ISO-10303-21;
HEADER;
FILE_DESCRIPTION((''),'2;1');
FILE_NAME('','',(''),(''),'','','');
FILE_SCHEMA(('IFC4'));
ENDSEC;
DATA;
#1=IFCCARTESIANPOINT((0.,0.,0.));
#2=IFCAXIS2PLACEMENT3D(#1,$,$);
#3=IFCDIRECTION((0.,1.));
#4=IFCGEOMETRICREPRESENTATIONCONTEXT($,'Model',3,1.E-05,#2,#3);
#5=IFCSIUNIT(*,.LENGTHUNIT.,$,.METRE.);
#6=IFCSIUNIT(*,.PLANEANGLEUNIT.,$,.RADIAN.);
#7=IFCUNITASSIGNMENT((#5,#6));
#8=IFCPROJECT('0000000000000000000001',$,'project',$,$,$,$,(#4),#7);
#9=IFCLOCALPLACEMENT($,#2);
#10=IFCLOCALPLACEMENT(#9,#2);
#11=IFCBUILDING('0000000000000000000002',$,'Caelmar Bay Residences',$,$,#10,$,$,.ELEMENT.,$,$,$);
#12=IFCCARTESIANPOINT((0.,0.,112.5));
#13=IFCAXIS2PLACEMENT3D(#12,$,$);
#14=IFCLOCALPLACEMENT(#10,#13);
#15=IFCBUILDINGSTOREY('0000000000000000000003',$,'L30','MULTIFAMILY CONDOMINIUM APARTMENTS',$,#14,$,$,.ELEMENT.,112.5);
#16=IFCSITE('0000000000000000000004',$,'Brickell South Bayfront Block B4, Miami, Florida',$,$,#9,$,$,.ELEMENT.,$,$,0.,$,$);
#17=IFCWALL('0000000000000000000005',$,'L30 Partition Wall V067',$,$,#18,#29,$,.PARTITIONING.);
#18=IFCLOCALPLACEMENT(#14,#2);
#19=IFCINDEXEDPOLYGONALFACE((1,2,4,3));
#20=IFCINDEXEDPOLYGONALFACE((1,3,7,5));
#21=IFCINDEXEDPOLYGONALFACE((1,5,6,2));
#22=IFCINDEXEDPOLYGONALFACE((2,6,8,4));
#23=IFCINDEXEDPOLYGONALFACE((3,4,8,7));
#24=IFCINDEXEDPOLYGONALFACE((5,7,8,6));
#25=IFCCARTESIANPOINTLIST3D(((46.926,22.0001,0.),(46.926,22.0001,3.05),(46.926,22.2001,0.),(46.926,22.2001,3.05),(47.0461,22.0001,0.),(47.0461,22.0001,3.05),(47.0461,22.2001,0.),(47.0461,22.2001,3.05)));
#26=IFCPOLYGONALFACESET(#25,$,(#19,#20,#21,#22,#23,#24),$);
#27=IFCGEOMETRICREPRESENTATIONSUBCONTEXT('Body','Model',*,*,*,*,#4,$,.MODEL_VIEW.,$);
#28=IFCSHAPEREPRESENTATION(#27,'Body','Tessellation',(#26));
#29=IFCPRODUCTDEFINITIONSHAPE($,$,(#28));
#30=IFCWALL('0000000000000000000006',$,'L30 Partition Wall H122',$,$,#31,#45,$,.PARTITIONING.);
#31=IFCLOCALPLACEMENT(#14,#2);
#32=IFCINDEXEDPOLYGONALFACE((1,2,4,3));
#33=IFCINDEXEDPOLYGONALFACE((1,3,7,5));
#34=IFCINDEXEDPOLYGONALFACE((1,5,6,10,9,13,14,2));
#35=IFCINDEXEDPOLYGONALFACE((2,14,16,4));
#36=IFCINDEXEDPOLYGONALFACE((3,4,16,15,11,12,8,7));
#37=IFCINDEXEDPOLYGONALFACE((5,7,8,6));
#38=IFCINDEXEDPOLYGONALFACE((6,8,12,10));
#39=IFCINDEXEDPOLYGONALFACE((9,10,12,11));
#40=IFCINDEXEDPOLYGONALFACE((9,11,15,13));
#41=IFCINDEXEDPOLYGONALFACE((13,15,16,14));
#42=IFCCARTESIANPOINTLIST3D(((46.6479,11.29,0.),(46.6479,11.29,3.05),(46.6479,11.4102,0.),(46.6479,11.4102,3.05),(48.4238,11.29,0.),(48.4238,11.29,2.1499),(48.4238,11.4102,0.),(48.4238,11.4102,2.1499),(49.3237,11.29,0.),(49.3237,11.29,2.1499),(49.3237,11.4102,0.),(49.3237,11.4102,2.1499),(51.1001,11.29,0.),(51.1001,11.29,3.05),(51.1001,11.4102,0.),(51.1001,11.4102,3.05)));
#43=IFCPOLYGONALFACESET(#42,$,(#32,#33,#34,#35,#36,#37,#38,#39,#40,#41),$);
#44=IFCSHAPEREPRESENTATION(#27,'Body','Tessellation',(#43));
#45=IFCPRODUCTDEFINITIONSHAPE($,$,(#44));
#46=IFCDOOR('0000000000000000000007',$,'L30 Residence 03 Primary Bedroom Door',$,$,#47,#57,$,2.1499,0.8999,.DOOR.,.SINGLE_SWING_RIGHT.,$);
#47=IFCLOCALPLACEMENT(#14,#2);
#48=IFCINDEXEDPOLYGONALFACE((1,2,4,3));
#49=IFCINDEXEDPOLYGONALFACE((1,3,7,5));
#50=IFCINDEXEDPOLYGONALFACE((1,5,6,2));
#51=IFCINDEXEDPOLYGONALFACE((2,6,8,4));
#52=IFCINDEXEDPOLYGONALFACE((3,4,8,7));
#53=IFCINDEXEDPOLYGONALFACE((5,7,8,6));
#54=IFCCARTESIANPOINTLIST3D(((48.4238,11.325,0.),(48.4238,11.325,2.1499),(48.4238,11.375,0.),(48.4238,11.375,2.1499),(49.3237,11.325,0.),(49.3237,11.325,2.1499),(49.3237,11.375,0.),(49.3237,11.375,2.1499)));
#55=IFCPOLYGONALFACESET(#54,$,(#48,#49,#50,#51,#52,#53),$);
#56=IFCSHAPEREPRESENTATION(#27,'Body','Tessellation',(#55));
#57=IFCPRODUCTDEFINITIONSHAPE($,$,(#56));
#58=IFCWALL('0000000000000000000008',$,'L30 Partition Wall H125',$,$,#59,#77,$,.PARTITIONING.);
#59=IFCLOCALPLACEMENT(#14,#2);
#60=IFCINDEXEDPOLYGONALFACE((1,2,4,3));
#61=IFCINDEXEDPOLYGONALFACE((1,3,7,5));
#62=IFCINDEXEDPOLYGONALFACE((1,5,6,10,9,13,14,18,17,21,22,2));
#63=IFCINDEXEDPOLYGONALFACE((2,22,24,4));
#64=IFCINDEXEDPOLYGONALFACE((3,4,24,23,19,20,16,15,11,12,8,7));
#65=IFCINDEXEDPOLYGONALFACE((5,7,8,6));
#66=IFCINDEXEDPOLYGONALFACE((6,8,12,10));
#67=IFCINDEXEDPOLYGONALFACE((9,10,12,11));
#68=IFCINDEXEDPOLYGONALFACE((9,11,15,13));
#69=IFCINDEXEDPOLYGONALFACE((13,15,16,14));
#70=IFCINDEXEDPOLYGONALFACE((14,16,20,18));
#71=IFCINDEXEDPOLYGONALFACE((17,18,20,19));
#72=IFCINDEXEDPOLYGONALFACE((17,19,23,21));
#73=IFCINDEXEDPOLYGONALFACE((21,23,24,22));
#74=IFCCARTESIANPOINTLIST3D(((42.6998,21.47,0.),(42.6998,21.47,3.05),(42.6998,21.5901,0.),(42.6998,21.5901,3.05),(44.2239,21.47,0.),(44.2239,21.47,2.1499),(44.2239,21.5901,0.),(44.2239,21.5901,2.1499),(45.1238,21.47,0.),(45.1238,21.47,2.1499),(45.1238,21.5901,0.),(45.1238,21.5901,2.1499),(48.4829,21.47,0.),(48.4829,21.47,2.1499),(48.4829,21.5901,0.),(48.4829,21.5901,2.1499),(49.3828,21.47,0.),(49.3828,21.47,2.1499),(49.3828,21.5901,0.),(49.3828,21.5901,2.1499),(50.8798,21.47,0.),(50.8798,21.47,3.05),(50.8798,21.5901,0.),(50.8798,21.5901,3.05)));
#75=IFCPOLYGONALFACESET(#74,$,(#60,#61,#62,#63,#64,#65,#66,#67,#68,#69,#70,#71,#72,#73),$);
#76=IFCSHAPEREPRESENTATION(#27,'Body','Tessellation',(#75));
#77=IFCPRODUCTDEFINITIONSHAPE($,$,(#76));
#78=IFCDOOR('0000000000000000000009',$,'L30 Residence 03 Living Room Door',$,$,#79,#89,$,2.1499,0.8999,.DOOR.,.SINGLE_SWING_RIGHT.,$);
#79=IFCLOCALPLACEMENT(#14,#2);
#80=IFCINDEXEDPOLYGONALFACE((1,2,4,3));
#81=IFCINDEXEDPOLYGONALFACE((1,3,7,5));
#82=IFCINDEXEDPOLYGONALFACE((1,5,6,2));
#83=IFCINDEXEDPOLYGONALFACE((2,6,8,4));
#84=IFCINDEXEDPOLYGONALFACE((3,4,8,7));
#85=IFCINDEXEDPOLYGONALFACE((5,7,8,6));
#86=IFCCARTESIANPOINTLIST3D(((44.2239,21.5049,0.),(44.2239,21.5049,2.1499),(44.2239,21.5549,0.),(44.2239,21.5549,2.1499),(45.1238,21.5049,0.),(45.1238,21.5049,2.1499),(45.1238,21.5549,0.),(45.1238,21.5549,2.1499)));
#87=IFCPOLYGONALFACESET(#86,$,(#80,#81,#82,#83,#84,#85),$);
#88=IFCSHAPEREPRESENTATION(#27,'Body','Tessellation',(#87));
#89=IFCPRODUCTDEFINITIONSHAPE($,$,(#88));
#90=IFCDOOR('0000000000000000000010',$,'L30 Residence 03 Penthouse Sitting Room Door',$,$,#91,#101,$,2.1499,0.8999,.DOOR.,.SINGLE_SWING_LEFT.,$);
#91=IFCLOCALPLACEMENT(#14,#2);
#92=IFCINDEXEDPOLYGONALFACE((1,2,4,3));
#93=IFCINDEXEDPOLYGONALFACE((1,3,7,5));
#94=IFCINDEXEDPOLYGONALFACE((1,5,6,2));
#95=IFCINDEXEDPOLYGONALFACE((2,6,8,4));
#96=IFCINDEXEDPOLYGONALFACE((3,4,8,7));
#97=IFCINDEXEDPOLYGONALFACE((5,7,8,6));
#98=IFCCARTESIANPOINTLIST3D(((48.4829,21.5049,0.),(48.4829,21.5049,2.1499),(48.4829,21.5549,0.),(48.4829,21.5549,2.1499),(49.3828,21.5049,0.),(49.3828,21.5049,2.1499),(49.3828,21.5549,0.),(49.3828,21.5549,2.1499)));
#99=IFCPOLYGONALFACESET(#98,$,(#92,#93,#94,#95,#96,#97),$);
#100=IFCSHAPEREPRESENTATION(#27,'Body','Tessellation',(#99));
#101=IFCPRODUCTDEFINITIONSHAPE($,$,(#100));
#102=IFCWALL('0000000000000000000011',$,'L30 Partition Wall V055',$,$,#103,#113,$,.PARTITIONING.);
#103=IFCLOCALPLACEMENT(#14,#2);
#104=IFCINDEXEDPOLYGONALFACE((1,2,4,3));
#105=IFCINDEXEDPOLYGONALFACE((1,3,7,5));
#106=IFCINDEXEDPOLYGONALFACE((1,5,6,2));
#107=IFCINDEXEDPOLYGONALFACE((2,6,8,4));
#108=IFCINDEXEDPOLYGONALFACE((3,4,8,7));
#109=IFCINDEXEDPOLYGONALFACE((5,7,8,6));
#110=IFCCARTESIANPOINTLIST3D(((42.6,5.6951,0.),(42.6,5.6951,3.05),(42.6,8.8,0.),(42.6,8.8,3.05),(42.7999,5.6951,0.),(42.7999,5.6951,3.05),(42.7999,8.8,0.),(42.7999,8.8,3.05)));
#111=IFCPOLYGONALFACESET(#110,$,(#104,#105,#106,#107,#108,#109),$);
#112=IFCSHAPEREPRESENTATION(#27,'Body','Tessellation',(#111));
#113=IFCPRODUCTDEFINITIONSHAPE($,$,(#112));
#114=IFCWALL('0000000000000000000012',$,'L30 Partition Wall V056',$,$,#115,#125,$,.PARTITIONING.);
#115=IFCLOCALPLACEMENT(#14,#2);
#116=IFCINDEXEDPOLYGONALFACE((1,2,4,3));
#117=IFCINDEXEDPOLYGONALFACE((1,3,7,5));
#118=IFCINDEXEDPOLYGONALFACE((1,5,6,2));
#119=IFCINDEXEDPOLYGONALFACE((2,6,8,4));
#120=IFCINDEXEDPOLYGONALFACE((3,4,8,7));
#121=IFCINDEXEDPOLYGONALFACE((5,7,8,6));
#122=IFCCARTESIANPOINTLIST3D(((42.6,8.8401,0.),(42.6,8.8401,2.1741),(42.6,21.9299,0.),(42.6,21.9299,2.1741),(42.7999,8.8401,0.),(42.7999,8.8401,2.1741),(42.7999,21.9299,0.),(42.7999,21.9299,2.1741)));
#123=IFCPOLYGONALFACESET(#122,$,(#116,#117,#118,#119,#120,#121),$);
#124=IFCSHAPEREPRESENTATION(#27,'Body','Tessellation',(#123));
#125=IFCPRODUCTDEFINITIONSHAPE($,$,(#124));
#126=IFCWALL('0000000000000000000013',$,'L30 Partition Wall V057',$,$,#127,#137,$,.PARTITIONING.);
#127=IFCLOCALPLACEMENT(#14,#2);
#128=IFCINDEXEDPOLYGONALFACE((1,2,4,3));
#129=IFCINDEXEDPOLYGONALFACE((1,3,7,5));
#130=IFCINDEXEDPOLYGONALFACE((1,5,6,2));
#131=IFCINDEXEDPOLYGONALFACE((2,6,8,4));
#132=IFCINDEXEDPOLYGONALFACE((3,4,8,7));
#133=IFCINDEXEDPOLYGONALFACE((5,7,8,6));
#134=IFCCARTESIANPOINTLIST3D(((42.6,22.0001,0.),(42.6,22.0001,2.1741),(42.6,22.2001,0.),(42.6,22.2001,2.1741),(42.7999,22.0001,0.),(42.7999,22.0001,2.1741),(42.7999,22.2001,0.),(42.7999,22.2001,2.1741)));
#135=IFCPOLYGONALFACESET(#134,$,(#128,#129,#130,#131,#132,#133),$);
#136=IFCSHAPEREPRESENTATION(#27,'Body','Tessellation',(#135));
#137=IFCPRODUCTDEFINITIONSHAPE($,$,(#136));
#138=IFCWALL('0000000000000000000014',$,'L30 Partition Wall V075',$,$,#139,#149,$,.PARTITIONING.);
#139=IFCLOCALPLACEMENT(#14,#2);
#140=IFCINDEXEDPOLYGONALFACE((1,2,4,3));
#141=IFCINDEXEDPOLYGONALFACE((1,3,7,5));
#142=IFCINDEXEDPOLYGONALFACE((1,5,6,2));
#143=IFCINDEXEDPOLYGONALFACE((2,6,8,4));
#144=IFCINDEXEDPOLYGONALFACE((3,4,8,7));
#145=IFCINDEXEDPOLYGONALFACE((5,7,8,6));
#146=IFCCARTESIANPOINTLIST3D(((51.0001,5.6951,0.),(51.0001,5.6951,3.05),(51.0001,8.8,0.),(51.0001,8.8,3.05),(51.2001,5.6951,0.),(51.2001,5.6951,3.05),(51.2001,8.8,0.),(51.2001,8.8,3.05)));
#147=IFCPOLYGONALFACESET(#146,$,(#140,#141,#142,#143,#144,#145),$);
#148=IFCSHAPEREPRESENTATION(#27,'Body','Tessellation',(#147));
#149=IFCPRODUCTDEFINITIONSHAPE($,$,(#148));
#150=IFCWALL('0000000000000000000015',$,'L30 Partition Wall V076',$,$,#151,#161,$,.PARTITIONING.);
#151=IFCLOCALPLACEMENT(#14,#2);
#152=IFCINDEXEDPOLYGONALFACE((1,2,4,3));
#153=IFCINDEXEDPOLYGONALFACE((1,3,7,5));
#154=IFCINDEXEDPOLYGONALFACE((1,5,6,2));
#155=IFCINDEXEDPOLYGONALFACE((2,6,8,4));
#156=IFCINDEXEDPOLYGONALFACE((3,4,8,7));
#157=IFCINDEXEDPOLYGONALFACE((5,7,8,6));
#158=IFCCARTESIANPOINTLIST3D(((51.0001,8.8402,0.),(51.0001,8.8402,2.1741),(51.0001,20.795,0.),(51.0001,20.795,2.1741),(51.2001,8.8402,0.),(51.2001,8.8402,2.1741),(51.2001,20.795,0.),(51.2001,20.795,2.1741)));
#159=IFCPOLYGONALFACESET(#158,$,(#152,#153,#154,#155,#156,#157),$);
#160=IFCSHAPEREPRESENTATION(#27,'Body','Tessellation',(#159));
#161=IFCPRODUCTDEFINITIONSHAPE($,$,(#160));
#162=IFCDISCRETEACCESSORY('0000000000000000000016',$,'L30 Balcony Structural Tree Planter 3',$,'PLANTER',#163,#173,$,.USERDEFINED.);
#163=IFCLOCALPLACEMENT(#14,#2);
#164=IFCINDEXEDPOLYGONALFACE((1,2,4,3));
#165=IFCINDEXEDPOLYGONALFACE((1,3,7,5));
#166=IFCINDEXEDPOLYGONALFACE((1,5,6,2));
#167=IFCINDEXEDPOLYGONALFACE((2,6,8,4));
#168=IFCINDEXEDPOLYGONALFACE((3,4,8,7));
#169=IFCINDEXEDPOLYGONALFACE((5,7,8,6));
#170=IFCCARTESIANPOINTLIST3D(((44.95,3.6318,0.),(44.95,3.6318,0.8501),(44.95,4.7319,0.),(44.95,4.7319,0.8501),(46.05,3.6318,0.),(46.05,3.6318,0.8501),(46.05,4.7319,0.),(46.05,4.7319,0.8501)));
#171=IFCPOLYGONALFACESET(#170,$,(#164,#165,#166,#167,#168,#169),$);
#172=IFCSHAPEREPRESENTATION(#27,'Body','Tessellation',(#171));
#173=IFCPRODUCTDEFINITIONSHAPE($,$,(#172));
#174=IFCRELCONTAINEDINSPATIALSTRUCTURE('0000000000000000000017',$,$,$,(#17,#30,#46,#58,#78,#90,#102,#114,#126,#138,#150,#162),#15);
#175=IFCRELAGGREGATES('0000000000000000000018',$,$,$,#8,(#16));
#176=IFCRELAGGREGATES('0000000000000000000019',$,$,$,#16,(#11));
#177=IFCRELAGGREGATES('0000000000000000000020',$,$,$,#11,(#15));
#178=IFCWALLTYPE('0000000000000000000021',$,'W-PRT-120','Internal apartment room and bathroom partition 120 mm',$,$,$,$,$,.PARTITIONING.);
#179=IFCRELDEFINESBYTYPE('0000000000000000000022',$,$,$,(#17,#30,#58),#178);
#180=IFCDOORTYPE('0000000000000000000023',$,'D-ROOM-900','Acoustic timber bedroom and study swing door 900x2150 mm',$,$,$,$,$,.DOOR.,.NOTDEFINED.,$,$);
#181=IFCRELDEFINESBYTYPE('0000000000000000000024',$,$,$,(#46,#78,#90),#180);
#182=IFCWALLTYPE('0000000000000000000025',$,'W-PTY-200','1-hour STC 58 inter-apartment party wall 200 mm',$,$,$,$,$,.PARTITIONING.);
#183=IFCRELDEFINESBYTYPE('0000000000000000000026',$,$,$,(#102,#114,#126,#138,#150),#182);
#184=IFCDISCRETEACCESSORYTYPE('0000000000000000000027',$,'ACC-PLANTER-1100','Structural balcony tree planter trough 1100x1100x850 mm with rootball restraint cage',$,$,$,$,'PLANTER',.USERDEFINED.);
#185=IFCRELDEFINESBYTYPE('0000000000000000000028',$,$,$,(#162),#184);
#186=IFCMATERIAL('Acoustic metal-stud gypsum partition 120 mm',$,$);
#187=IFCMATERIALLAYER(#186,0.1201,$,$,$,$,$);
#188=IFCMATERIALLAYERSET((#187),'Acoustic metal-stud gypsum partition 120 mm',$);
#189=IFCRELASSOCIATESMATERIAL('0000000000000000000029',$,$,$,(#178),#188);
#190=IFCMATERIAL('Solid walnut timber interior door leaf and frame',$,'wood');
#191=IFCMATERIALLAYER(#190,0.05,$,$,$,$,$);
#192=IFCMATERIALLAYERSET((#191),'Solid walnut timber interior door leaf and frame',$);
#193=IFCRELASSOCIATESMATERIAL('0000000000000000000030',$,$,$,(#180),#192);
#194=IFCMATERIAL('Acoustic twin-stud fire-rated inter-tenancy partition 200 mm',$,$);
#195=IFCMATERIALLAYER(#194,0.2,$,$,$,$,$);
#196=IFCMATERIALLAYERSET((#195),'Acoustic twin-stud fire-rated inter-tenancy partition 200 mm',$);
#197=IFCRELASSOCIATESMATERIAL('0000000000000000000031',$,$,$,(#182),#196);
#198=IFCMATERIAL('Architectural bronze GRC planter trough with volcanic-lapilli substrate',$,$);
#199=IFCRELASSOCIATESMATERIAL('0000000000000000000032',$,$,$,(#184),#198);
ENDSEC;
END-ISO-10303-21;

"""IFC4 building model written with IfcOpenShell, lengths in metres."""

from ifc_helpers import new_model, si_unit, direction, frame, frame_2d, origin, origin_2d, place, context, subcontext, project, spatial, rectangle, extrude, material, layer, layer_set, type_object, element, fill, save


model = new_model("IFC4")

# Units and contexts
model_context = context("Model", 3, precision=1e-05, world=origin(), true_north=direction((0.0, 1.0)))
body_context = subcontext(model_context, "Body", "Model", "MODEL_VIEW")
ifc_project = project(units=[si_unit("LENGTHUNIT", "METRE"), si_unit("PLANEANGLEUNIT", "RADIAN")], contexts=[model_context])

# Site, building, storey
site_placement = place(None, origin())
site = spatial("IfcSite", under=ifc_project, at=site_placement, Name="Brickell South Bayfront Block B4, Miami, Florida", CompositionType="ELEMENT", RefElevation=0.0)
building_placement = place(site_placement, origin())
building = spatial("IfcBuilding", under=site, at=building_placement, Name="Caelmar Bay Residences", CompositionType="ELEMENT")
storey_placement = place(building_placement, frame((0.0, 0.0, 112.5)))
storey = spatial("IfcBuildingStorey", under=building, at=storey_placement, Name="L30", Description="MULTIFAMILY CONDOMINIUM APARTMENTS", CompositionType="ELEMENT", Elevation=112.5)

# Wall
ifc_material_1 = material(Name="Acoustic metal-stud gypsum partition 120 mm")
ifc_layer_1 = layer(ifc_material_1, 0.1201)
ifc_layer_set_1 = layer_set([ifc_layer_1], Name="Acoustic metal-stud gypsum partition 120 mm")
wall_type_1 = type_object("IfcWallType", Name="W-PRT-120", Description="Internal apartment room and bathroom partition 120 mm", PredefinedType="PARTITIONING", material=ifc_layer_set_1)
wall_1_placement = place(storey_placement, frame((46.9861, 22.0, 0.0), z_axis=(0.0, 0.0, 1.0), x_axis=(0.0, 1.0, 0.0)))
element("IfcWall", 1, at=wall_1_placement, inside=storey, type_object=wall_type_1, Name="L30 Partition Wall V067", PredefinedType="PARTITIONING", context=body_context, shape_type="SweptSolid", body=[
    extrude(rectangle(XDim=0.2, YDim=0.1201, at=frame_2d((0.1001, 0.0))), origin(), (0.0, 0.0, 1.0), 3.05),
])

# Wall, opening, door
wall_2_placement = place(storey_placement, frame((46.6479, 11.3501, 0.0), z_axis=(0.0, 0.0, 1.0), x_axis=(1.0, 0.0, 0.0)))
wall_2 = element("IfcWall", 2, at=wall_2_placement, inside=storey, type_object=wall_type_1, Name="L30 Partition Wall H122", PredefinedType="PARTITIONING", context=body_context, shape_type="SweptSolid", body=[
    extrude(rectangle(XDim=4.4521, YDim=0.1201, at=frame_2d((2.2261, 0.0))), origin(), (0.0, 0.0, 1.0), 3.05),
])
opening_1_placement = place(wall_2_placement, frame((1.7759, 0.0, 0.0)))
opening_1 = element("IfcOpeningElement", 3, at=opening_1_placement, cuts=wall_2, PredefinedType="OPENING", context=body_context, shape_type="SweptSolid", body=[
    extrude(rectangle(XDim=0.8999, YDim=2.1499, at=frame_2d((0.45, 1.075))), frame((0.0, 0.0701, 0.0), z_axis=(0.0, -1.0, 0.0), x_axis=(1.0, 0.0, 0.0)), (0.0, 0.0, 1.0), 0.1401),
])
ifc_material_2 = material(Name="Solid walnut timber interior door leaf and frame", Category="wood")
ifc_layer_2 = layer(ifc_material_2, 0.05)
ifc_layer_set_2 = layer_set([ifc_layer_2], Name="Solid walnut timber interior door leaf and frame")
door_type = type_object("IfcDoorType", Name="D-ROOM-900", Description="Acoustic timber bedroom and study swing door 900x2150 mm", OperationType="NOTDEFINED", PredefinedType="DOOR", material=ifc_layer_set_2)
door_1_placement = place(opening_1_placement, origin())
door_1 = element("IfcDoor", 4, at=door_1_placement, inside=storey, type_object=door_type, Name="L30 Residence 03 Primary Bedroom Door", OperationType="SINGLE_SWING_RIGHT", OverallHeight=2.1499, OverallWidth=0.8999, PredefinedType="DOOR", context=body_context, shape_type="SweptSolid", body=[
    extrude(rectangle(XDim=0.8999, YDim=2.1499, at=frame_2d((0.45, 1.075))), frame((0.0, 0.0249, 0.0), z_axis=(0.0, -1.0, 0.0), x_axis=(1.0, 0.0, 0.0)), (0.0, 0.0, 1.0), 0.05),
])
fill(opening_1, door_1)

# Wall, openings, doors
wall_3_placement = place(storey_placement, frame((42.7, 21.53, 0.0), z_axis=(0.0, 0.0, 1.0), x_axis=(1.0, 0.0, 0.0)))
wall_3 = element("IfcWall", 5, at=wall_3_placement, inside=storey, type_object=wall_type_1, Name="L30 Partition Wall H125", PredefinedType="PARTITIONING", context=body_context, shape_type="SweptSolid", body=[
    extrude(rectangle(XDim=8.1799, YDim=0.1201, at=frame_2d((4.0898, 0.0))), origin(), (0.0, 0.0, 1.0), 3.05),
])
opening_2_placement = place(wall_3_placement, frame((1.5239, 0.0, 0.0)))
opening_2 = element("IfcOpeningElement", 6, at=opening_2_placement, cuts=wall_3, PredefinedType="OPENING", context=body_context, shape_type="SweptSolid", body=[
    extrude(rectangle(XDim=0.8999, YDim=2.1499, at=frame_2d((0.45, 1.075))), frame((0.0, 0.0701, 0.0), z_axis=(0.0, -1.0, 0.0), x_axis=(1.0, 0.0, 0.0)), (0.0, 0.0, 1.0), 0.1401),
])
opening_3_placement = place(wall_3_placement, frame((5.783, 0.0, 0.0)))
opening_3 = element("IfcOpeningElement", 7, at=opening_3_placement, cuts=wall_3, PredefinedType="OPENING", context=body_context, shape_type="SweptSolid", body=[
    extrude(rectangle(XDim=0.8999, YDim=2.1499, at=frame_2d((0.45, 1.075))), frame((0.0, 0.0701, 0.0), z_axis=(0.0, -1.0, 0.0), x_axis=(1.0, 0.0, 0.0)), (0.0, 0.0, 1.0), 0.1401),
])
door_2_placement = place(opening_2_placement, origin())
door_2 = element("IfcDoor", 8, at=door_2_placement, inside=storey, type_object=door_type, Name="L30 Residence 03 Living Room Door", OperationType="SINGLE_SWING_RIGHT", OverallHeight=2.1499, OverallWidth=0.8999, PredefinedType="DOOR", context=body_context, shape_type="SweptSolid", body=[
    extrude(rectangle(XDim=0.8999, YDim=2.1499, at=frame_2d((0.45, 1.075))), frame((0.0, 0.0249, 0.0), z_axis=(0.0, -1.0, 0.0), x_axis=(1.0, 0.0, 0.0)), (0.0, 0.0, 1.0), 0.05),
])
fill(opening_2, door_2)
door_3_placement = place(opening_3_placement, origin())
door_3 = element("IfcDoor", 9, at=door_3_placement, inside=storey, type_object=door_type, Name="L30 Residence 03 Penthouse Sitting Room Door", OperationType="SINGLE_SWING_LEFT", OverallHeight=2.1499, OverallWidth=0.8999, PredefinedType="DOOR", context=body_context, shape_type="SweptSolid", body=[
    extrude(rectangle(XDim=0.8999, YDim=2.1499, at=frame_2d((0.45, 1.075))), frame((0.0, 0.0249, 0.0), z_axis=(0.0, -1.0, 0.0), x_axis=(1.0, 0.0, 0.0)), (0.0, 0.0, 1.0), 0.05),
])
fill(opening_3, door_3)

# Walls
ifc_material_3 = material(Name="Acoustic twin-stud fire-rated inter-tenancy partition 200 mm")
ifc_layer_3 = layer(ifc_material_3, 0.2)
ifc_layer_set_3 = layer_set([ifc_layer_3], Name="Acoustic twin-stud fire-rated inter-tenancy partition 200 mm")
wall_type_2 = type_object("IfcWallType", Name="W-PTY-200", Description="1-hour STC 58 inter-apartment party wall 200 mm", PredefinedType="PARTITIONING", material=ifc_layer_set_3)
wall_4_placement = place(storey_placement, frame((42.7, 5.6951, 0.0), z_axis=(0.0, 0.0, 1.0), x_axis=(0.0, 1.0, 0.0)))
element("IfcWall", 10, at=wall_4_placement, inside=storey, type_object=wall_type_2, Name="L30 Partition Wall V055", PredefinedType="PARTITIONING", context=body_context, shape_type="SweptSolid", body=[
    extrude(rectangle(XDim=3.105, YDim=0.2, at=frame_2d((1.5525, 0.0))), origin(), (0.0, 0.0, 1.0), 3.05),
])
wall_5_placement = place(storey_placement, frame((42.7, 8.8401, 0.0), z_axis=(0.0, 0.0, 1.0), x_axis=(0.0, 1.0, 0.0)))
element("IfcWall", 11, at=wall_5_placement, inside=storey, type_object=wall_type_2, Name="L30 Partition Wall V056", PredefinedType="PARTITIONING", context=body_context, shape_type="SweptSolid", body=[
    extrude(rectangle(XDim=13.0898, YDim=0.2, at=frame_2d((6.5449, 0.0))), origin(), (0.0, 0.0, 1.0), 2.1741),
])
wall_6_placement = place(storey_placement, frame((42.7, 22.0, 0.0), z_axis=(0.0, 0.0, 1.0), x_axis=(0.0, 1.0, 0.0)))
element("IfcWall", 12, at=wall_6_placement, inside=storey, type_object=wall_type_2, Name="L30 Partition Wall V057", PredefinedType="PARTITIONING", context=body_context, shape_type="SweptSolid", body=[
    extrude(rectangle(XDim=0.2, YDim=0.2, at=frame_2d((0.1001, 0.0))), origin(), (0.0, 0.0, 1.0), 2.1741),
])
wall_7_placement = place(storey_placement, frame((51.1001, 5.6951, 0.0), z_axis=(0.0, 0.0, 1.0), x_axis=(0.0, 1.0, 0.0)))
element("IfcWall", 13, at=wall_7_placement, inside=storey, type_object=wall_type_2, Name="L30 Partition Wall V075", PredefinedType="PARTITIONING", context=body_context, shape_type="SweptSolid", body=[
    extrude(rectangle(XDim=3.105, YDim=0.2, at=frame_2d((1.5525, 0.0))), origin(), (0.0, 0.0, 1.0), 3.05),
])
wall_8_placement = place(storey_placement, frame((51.1001, 8.8401, 0.0), z_axis=(0.0, 0.0, 1.0), x_axis=(0.0, 1.0, 0.0)))
element("IfcWall", 14, at=wall_8_placement, inside=storey, type_object=wall_type_2, Name="L30 Partition Wall V076", PredefinedType="PARTITIONING", context=body_context, shape_type="SweptSolid", body=[
    extrude(rectangle(XDim=11.9548, YDim=0.2, at=frame_2d((5.9775, 0.0))), origin(), (0.0, 0.0, 1.0), 2.1741),
])

# Discrete accessory
ifc_material_4 = material(Name="Architectural bronze GRC planter trough with volcanic-lapilli substrate")
discrete_accessory_type = type_object("IfcDiscreteAccessoryType", Name="ACC-PLANTER-1100", Description="Structural balcony tree planter trough 1100x1100x850 mm with rootball restraint cage", ElementType="PLANTER", PredefinedType="USERDEFINED", material=ifc_material_4)
discrete_accessory_placement = place(storey_placement, frame((45.5, 4.1819, 0.0), z_axis=(0.0, 0.0, 1.0), x_axis=(1.0, 0.0, 0.0)))
element("IfcDiscreteAccessory", 15, at=discrete_accessory_placement, inside=storey, type_object=discrete_accessory_type, Name="L30 Balcony Structural Tree Planter 3", ObjectType="PLANTER", PredefinedType="USERDEFINED", context=body_context, shape_type="SweptSolid", body=[
    extrude(rectangle(XDim=1.1001, YDim=1.1001, at=origin_2d()), origin(), (0.0, 0.0, 1.0), 0.8501),
])

save(model, "model.ifc")
